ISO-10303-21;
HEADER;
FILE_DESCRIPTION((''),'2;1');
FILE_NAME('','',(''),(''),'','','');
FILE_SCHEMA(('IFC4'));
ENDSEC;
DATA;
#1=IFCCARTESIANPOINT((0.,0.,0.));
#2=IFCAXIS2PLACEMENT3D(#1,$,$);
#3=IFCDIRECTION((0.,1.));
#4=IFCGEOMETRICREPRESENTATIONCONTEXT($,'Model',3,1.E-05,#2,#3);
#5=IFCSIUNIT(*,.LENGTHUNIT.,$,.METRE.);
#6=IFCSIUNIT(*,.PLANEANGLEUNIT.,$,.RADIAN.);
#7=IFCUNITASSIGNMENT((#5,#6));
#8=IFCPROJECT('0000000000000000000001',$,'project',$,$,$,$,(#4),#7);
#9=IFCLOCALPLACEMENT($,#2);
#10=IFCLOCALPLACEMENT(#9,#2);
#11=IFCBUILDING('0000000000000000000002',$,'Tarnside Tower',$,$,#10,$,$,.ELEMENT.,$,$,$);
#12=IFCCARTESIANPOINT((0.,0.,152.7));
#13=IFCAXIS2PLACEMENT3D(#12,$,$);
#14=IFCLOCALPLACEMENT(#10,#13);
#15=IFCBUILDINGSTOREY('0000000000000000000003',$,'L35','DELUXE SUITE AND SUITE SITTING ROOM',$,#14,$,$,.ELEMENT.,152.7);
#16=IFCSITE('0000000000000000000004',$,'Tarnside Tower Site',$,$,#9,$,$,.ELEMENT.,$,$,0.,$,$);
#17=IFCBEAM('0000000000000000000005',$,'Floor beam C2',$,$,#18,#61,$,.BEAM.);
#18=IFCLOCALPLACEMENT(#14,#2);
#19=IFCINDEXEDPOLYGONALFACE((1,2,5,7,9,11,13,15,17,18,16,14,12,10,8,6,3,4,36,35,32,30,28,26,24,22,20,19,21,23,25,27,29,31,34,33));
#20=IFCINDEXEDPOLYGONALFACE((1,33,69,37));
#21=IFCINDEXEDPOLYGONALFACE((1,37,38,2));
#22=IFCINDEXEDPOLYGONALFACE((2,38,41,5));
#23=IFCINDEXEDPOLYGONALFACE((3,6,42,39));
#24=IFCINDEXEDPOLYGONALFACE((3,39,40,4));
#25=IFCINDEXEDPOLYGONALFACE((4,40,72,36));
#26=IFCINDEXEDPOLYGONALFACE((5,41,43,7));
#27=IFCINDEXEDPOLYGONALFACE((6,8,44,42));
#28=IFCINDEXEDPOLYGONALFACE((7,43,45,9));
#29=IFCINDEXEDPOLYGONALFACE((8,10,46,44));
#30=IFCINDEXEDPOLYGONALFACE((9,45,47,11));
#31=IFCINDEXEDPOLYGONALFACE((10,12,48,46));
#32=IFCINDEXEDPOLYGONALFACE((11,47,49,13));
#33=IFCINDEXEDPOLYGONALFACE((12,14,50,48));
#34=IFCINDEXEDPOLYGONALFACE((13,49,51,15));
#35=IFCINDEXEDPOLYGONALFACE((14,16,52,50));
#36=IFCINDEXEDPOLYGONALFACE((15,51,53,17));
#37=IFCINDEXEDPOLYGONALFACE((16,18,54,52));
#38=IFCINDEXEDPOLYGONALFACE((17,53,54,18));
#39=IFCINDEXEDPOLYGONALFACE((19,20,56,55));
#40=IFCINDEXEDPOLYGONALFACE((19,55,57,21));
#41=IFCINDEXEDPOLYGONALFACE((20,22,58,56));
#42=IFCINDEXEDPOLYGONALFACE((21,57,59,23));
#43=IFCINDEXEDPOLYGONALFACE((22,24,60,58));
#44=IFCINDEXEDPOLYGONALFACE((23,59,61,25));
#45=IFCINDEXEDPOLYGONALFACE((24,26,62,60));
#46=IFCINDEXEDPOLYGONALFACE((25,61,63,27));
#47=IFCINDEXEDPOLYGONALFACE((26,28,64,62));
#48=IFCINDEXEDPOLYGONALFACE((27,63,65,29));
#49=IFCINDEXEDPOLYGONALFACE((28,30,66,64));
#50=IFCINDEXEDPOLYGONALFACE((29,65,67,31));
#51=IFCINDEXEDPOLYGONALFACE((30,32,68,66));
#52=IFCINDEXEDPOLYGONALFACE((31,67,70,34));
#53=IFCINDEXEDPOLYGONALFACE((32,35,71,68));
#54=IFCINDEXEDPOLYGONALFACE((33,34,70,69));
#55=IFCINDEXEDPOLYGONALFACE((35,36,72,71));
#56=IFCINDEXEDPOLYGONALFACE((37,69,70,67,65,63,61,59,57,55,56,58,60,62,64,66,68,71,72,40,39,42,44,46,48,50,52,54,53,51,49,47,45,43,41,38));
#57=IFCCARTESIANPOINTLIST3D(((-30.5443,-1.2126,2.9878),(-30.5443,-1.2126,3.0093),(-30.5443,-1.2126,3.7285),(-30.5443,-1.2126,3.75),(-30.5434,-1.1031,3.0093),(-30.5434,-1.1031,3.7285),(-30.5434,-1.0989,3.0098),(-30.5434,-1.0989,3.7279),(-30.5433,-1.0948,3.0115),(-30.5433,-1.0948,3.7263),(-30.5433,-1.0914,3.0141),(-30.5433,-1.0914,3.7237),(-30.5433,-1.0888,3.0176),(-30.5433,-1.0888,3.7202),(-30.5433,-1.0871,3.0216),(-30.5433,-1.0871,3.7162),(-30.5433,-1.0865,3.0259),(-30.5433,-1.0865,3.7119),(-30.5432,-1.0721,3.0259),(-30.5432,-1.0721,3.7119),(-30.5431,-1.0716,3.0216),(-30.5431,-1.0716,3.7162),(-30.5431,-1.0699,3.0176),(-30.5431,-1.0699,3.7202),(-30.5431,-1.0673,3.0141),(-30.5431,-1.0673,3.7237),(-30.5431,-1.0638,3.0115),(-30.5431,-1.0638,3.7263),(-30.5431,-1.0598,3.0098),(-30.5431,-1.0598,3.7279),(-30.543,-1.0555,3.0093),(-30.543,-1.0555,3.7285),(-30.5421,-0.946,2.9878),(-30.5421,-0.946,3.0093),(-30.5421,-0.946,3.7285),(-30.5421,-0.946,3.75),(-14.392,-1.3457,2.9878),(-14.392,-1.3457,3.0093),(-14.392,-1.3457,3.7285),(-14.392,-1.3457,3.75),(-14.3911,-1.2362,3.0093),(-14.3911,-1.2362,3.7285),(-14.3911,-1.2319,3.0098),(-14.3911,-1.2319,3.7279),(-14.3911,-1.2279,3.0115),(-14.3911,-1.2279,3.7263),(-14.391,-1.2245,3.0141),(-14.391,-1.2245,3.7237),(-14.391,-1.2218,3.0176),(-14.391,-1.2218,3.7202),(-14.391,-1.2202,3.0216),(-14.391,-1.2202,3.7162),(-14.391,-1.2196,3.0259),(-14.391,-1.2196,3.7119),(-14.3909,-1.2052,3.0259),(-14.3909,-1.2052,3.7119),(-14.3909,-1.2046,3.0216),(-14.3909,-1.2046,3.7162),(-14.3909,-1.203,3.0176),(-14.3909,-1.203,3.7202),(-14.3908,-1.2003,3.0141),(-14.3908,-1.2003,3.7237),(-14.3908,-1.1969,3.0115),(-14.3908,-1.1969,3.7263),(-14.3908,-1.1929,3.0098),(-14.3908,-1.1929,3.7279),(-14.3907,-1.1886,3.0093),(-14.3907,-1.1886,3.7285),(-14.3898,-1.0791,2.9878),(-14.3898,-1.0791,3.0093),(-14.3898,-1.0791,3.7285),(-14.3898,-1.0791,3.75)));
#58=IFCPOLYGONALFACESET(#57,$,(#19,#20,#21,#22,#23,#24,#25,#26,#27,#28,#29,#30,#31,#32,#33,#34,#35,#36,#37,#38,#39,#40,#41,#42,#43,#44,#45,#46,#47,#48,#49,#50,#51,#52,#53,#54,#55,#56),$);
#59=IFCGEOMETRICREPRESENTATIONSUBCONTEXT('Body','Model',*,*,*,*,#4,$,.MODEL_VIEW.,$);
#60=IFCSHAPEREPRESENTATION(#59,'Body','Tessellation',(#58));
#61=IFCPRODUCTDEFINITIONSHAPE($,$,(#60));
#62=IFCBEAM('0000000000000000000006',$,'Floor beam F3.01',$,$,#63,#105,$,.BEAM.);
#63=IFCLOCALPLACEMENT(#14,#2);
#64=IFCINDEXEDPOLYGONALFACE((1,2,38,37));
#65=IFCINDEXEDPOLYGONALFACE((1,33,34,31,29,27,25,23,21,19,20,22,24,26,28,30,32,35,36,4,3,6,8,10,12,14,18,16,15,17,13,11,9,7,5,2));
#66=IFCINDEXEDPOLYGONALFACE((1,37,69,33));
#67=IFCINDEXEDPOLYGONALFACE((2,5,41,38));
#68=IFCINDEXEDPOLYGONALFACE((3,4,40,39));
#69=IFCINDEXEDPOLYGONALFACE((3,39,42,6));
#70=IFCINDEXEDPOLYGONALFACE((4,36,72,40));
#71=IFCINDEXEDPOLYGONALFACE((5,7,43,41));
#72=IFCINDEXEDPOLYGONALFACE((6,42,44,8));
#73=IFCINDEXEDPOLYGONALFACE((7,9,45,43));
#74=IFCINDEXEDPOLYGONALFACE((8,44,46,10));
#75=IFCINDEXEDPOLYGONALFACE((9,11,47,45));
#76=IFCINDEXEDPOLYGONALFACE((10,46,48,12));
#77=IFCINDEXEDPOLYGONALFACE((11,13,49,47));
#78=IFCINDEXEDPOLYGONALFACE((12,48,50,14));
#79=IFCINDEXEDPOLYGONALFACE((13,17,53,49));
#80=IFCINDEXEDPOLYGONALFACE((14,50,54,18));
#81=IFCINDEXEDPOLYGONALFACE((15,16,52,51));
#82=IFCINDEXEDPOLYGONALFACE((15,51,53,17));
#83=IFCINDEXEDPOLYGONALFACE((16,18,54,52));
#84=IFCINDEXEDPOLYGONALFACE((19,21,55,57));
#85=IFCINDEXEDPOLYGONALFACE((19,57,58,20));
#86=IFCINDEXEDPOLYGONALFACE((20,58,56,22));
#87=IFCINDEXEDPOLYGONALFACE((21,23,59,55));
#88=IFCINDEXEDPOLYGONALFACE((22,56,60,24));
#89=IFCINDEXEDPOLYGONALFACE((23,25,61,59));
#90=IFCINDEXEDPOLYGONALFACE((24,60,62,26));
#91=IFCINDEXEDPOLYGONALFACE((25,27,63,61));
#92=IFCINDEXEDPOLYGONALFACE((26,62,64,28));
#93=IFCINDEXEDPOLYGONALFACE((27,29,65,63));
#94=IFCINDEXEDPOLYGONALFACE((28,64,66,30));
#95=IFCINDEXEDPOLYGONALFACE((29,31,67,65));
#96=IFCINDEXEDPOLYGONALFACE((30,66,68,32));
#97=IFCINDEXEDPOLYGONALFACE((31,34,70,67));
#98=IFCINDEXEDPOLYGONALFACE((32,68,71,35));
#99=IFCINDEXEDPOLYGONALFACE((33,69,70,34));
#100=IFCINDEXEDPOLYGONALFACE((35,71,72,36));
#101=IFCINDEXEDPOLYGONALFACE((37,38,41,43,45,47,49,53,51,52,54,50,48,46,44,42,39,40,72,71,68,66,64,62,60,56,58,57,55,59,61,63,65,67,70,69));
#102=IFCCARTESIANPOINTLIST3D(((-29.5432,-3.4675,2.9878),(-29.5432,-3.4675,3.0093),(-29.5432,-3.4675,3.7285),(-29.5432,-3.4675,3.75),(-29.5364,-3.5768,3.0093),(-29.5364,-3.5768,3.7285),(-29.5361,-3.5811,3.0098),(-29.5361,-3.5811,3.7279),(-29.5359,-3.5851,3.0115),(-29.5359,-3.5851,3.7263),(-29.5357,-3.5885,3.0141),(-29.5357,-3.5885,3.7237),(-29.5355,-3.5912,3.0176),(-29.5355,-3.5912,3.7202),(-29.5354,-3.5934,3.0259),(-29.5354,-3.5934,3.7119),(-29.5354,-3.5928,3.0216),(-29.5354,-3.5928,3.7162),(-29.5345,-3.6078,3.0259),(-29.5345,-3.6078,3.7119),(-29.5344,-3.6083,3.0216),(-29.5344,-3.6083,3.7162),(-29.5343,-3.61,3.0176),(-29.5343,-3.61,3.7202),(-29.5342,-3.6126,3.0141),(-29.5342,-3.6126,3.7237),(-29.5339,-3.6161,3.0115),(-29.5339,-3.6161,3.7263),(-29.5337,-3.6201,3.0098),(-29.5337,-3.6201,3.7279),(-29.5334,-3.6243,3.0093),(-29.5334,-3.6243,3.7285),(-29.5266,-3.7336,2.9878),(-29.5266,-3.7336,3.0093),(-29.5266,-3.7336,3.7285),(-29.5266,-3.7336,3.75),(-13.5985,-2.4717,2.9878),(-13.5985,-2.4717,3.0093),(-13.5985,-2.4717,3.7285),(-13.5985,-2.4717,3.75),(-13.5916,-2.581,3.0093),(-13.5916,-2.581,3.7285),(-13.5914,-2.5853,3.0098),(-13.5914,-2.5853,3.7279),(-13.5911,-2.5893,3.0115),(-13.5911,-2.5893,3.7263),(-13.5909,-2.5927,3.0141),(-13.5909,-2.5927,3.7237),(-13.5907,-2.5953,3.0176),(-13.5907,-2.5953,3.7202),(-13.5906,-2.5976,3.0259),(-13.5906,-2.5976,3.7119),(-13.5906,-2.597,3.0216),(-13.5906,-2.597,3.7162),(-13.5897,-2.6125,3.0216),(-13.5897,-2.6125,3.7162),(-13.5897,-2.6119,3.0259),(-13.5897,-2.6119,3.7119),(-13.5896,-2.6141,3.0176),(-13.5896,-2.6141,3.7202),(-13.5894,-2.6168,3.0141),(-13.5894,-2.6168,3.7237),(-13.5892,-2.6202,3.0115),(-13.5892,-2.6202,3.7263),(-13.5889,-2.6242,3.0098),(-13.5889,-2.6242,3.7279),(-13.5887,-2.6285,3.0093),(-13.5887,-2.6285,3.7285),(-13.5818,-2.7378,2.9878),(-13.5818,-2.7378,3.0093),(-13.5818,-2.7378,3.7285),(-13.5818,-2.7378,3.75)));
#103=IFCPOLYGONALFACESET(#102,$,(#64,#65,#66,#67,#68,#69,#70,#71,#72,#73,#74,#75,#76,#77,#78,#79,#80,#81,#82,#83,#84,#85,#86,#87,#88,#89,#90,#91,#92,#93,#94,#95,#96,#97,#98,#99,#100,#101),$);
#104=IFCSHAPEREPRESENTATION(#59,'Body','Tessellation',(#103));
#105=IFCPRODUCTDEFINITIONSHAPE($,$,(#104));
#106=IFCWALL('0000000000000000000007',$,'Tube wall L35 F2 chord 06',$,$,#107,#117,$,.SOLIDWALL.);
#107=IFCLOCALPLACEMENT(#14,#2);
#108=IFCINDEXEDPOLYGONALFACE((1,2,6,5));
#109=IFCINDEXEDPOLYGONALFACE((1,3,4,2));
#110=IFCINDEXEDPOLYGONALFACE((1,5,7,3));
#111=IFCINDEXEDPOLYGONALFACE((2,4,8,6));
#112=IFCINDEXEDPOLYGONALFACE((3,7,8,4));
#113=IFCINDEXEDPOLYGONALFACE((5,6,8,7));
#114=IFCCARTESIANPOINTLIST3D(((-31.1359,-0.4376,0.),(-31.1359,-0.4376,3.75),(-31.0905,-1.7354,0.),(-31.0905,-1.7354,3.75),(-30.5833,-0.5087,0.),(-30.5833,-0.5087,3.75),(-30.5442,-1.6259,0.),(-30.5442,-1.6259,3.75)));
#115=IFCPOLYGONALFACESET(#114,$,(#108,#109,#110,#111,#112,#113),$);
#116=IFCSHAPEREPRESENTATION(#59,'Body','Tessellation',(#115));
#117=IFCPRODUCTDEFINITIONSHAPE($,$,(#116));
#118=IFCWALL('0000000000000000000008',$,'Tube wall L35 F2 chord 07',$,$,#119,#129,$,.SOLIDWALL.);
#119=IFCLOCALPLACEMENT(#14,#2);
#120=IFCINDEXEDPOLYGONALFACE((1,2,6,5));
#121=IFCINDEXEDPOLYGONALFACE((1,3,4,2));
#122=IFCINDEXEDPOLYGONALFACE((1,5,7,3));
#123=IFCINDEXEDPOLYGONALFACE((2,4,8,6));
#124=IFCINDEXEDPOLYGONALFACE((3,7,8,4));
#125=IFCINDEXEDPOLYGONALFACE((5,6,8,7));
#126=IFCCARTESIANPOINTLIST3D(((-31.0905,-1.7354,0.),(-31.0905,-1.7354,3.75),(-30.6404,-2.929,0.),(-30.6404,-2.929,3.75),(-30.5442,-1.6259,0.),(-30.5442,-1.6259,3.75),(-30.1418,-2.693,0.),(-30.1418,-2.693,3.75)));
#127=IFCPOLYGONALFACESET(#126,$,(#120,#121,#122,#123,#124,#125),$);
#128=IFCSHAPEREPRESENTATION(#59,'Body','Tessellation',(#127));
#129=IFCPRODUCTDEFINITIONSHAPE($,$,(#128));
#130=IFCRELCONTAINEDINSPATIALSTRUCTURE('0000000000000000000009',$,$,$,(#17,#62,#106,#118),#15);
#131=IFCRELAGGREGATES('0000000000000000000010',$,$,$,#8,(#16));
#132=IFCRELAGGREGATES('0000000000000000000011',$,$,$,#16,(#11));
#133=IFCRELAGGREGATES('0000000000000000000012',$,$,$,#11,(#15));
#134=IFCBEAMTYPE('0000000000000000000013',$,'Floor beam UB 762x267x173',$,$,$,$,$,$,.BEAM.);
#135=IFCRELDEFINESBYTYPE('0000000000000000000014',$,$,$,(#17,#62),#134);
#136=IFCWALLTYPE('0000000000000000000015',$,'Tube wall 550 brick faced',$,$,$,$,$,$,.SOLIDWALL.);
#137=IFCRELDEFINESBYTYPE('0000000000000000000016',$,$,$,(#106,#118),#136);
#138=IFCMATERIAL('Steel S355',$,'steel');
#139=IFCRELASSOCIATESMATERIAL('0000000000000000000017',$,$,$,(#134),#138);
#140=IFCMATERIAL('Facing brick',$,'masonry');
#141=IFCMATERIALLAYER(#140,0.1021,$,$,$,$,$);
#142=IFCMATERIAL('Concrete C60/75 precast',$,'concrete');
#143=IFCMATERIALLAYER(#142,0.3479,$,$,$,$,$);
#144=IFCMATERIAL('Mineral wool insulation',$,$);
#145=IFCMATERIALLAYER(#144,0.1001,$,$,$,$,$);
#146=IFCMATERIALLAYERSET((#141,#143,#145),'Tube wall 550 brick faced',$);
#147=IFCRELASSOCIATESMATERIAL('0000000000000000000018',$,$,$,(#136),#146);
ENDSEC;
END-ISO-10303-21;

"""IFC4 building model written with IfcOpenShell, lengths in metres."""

from ifc_helpers import new_model, si_unit, direction, frame, origin, origin_2d, place, context, subcontext, project, spatial, polyline, i_section, outline, extrude, material, layer, layer_set, material_profile, profile_set, type_object, element, save


model = new_model("IFC4")

# Units and contexts
model_context = context("Model", 3, precision=1e-05, world=origin(), true_north=direction((0.0, 1.0)))
body_context = subcontext(model_context, "Body", "Model", "MODEL_VIEW")
ifc_project = project(units=[si_unit("LENGTHUNIT", "METRE"), si_unit("PLANEANGLEUNIT", "RADIAN")], contexts=[model_context])

# Site, building, storey
site_placement = place(None, origin())
site = spatial("IfcSite", under=ifc_project, at=site_placement, Name="Tarnside Tower Site", CompositionType="ELEMENT", RefElevation=0.0)
building_placement = place(site_placement, origin())
building = spatial("IfcBuilding", under=site, at=building_placement, Name="Tarnside Tower", CompositionType="ELEMENT")
storey_placement = place(building_placement, frame((0.0, 0.0, 152.7)))
storey = spatial("IfcBuildingStorey", under=building, at=storey_placement, Name="L35", Description="DELUXE SUITE AND SUITE SITTING ROOM", CompositionType="ELEMENT", Elevation=152.7)

# Beams
ifc_material_1 = material(Name="Steel S355", Category="steel")
ifc_material_profile = material_profile(ifc_material_1, i_section(OverallWidth=0.2666, OverallDepth=0.7622, WebThickness=0.0144, FlangeThickness=0.0215, FilletRadius=0.0166, at=origin_2d()), Name="UB 762x267x173")
ifc_profile_set = profile_set([ifc_material_profile], Name="Steel S355")
beam_type = type_object("IfcBeamType", Name="Floor beam UB 762x267x173", PredefinedType="BEAM", material=ifc_profile_set)
beam_1_placement = place(storey_placement, frame((-30.5432, -1.0793, 3.3689), z_axis=(0.999966, -0.008237, 0.0), x_axis=(0.008237, 0.999966, 0.0)))
element("IfcBeam", 1, at=beam_1_placement, inside=storey, type_object=beam_type, Name="Floor beam C2", PredefinedType="BEAM", context=body_context, shape_type="SweptSolid", body=[
    extrude(i_section(OverallWidth=0.2666, OverallDepth=0.7622, WebThickness=0.0144, FlangeThickness=0.0215, FilletRadius=0.0166, at=origin_2d()), origin(), (0.0, 0.0, 1.0), 16.1528),
])
beam_2_placement = place(storey_placement, frame((-29.5349, -3.6006, 3.3689), z_axis=(0.998055, 0.062335, 0.0), x_axis=(-0.062335, 0.998055, 0.0)))
element("IfcBeam", 2, at=beam_2_placement, inside=storey, type_object=beam_type, Name="Floor beam F3.01", PredefinedType="BEAM", context=body_context, shape_type="SweptSolid", body=[
    extrude(i_section(OverallWidth=0.2666, OverallDepth=0.7622, WebThickness=0.0144, FlangeThickness=0.0215, FilletRadius=0.0166, at=origin_2d()), origin(), (0.0, 0.0, 1.0), 15.9758),
])

# Walls
ifc_material_2 = material(Name="Facing brick", Category="masonry")
ifc_layer_1 = layer(ifc_material_2, 0.1021)
ifc_material_3 = material(Name="Concrete C60/75 precast", Category="concrete")
ifc_layer_2 = layer(ifc_material_3, 0.3479)
ifc_material_4 = material(Name="Mineral wool insulation")
ifc_layer_3 = layer(ifc_material_4, 0.1001)
ifc_layer_set_1 = layer_set([ifc_layer_1, ifc_layer_2, ifc_layer_3], Name="Tube wall 550 brick faced")
wall_type = type_object("IfcWallType", Name="Tube wall 550 brick faced", PredefinedType="SOLIDWALL", material=ifc_layer_set_1)
wall_1_placement = place(storey_placement, frame((-30.8596, -0.4731, 0.0), z_axis=(0.0, 0.0, 1.0), x_axis=(0.034956, -0.999389, 0.0)))
element("IfcWall", 3, at=wall_1_placement, inside=storey, type_object=wall_type, Name="Tube wall L35 F2 chord 06", PredefinedType="SOLIDWALL", context=body_context, shape_type="SweptSolid", body=[
    extrude(outline(polyline([(-0.0452, -0.2749), (1.2534, -0.2749), (1.1631, 0.2749), (0.0452, 0.2749), (-0.0452, -0.2749)])), origin(), (0.0, 0.0, 1.0), 3.75),
])
wall_2_placement = place(storey_placement, frame((-30.8174, -1.6807, 0.0), z_axis=(0.0, 0.0, 1.0), x_axis=(0.35285, -0.93568, 0.0)))
element("IfcWall", 4, at=wall_2_placement, inside=storey, type_object=wall_type, Name="Tube wall L35 F2 chord 07", PredefinedType="SOLIDWALL", context=body_context, shape_type="SweptSolid", body=[
    extrude(outline(polyline([(-0.0452, -0.2749), (1.2305, -0.2749), (1.1855, 0.2749), (0.0452, 0.2749), (-0.0452, -0.2749)])), origin(), (0.0, 0.0, 1.0), 3.75),
])

save(model, "model.ifc")
